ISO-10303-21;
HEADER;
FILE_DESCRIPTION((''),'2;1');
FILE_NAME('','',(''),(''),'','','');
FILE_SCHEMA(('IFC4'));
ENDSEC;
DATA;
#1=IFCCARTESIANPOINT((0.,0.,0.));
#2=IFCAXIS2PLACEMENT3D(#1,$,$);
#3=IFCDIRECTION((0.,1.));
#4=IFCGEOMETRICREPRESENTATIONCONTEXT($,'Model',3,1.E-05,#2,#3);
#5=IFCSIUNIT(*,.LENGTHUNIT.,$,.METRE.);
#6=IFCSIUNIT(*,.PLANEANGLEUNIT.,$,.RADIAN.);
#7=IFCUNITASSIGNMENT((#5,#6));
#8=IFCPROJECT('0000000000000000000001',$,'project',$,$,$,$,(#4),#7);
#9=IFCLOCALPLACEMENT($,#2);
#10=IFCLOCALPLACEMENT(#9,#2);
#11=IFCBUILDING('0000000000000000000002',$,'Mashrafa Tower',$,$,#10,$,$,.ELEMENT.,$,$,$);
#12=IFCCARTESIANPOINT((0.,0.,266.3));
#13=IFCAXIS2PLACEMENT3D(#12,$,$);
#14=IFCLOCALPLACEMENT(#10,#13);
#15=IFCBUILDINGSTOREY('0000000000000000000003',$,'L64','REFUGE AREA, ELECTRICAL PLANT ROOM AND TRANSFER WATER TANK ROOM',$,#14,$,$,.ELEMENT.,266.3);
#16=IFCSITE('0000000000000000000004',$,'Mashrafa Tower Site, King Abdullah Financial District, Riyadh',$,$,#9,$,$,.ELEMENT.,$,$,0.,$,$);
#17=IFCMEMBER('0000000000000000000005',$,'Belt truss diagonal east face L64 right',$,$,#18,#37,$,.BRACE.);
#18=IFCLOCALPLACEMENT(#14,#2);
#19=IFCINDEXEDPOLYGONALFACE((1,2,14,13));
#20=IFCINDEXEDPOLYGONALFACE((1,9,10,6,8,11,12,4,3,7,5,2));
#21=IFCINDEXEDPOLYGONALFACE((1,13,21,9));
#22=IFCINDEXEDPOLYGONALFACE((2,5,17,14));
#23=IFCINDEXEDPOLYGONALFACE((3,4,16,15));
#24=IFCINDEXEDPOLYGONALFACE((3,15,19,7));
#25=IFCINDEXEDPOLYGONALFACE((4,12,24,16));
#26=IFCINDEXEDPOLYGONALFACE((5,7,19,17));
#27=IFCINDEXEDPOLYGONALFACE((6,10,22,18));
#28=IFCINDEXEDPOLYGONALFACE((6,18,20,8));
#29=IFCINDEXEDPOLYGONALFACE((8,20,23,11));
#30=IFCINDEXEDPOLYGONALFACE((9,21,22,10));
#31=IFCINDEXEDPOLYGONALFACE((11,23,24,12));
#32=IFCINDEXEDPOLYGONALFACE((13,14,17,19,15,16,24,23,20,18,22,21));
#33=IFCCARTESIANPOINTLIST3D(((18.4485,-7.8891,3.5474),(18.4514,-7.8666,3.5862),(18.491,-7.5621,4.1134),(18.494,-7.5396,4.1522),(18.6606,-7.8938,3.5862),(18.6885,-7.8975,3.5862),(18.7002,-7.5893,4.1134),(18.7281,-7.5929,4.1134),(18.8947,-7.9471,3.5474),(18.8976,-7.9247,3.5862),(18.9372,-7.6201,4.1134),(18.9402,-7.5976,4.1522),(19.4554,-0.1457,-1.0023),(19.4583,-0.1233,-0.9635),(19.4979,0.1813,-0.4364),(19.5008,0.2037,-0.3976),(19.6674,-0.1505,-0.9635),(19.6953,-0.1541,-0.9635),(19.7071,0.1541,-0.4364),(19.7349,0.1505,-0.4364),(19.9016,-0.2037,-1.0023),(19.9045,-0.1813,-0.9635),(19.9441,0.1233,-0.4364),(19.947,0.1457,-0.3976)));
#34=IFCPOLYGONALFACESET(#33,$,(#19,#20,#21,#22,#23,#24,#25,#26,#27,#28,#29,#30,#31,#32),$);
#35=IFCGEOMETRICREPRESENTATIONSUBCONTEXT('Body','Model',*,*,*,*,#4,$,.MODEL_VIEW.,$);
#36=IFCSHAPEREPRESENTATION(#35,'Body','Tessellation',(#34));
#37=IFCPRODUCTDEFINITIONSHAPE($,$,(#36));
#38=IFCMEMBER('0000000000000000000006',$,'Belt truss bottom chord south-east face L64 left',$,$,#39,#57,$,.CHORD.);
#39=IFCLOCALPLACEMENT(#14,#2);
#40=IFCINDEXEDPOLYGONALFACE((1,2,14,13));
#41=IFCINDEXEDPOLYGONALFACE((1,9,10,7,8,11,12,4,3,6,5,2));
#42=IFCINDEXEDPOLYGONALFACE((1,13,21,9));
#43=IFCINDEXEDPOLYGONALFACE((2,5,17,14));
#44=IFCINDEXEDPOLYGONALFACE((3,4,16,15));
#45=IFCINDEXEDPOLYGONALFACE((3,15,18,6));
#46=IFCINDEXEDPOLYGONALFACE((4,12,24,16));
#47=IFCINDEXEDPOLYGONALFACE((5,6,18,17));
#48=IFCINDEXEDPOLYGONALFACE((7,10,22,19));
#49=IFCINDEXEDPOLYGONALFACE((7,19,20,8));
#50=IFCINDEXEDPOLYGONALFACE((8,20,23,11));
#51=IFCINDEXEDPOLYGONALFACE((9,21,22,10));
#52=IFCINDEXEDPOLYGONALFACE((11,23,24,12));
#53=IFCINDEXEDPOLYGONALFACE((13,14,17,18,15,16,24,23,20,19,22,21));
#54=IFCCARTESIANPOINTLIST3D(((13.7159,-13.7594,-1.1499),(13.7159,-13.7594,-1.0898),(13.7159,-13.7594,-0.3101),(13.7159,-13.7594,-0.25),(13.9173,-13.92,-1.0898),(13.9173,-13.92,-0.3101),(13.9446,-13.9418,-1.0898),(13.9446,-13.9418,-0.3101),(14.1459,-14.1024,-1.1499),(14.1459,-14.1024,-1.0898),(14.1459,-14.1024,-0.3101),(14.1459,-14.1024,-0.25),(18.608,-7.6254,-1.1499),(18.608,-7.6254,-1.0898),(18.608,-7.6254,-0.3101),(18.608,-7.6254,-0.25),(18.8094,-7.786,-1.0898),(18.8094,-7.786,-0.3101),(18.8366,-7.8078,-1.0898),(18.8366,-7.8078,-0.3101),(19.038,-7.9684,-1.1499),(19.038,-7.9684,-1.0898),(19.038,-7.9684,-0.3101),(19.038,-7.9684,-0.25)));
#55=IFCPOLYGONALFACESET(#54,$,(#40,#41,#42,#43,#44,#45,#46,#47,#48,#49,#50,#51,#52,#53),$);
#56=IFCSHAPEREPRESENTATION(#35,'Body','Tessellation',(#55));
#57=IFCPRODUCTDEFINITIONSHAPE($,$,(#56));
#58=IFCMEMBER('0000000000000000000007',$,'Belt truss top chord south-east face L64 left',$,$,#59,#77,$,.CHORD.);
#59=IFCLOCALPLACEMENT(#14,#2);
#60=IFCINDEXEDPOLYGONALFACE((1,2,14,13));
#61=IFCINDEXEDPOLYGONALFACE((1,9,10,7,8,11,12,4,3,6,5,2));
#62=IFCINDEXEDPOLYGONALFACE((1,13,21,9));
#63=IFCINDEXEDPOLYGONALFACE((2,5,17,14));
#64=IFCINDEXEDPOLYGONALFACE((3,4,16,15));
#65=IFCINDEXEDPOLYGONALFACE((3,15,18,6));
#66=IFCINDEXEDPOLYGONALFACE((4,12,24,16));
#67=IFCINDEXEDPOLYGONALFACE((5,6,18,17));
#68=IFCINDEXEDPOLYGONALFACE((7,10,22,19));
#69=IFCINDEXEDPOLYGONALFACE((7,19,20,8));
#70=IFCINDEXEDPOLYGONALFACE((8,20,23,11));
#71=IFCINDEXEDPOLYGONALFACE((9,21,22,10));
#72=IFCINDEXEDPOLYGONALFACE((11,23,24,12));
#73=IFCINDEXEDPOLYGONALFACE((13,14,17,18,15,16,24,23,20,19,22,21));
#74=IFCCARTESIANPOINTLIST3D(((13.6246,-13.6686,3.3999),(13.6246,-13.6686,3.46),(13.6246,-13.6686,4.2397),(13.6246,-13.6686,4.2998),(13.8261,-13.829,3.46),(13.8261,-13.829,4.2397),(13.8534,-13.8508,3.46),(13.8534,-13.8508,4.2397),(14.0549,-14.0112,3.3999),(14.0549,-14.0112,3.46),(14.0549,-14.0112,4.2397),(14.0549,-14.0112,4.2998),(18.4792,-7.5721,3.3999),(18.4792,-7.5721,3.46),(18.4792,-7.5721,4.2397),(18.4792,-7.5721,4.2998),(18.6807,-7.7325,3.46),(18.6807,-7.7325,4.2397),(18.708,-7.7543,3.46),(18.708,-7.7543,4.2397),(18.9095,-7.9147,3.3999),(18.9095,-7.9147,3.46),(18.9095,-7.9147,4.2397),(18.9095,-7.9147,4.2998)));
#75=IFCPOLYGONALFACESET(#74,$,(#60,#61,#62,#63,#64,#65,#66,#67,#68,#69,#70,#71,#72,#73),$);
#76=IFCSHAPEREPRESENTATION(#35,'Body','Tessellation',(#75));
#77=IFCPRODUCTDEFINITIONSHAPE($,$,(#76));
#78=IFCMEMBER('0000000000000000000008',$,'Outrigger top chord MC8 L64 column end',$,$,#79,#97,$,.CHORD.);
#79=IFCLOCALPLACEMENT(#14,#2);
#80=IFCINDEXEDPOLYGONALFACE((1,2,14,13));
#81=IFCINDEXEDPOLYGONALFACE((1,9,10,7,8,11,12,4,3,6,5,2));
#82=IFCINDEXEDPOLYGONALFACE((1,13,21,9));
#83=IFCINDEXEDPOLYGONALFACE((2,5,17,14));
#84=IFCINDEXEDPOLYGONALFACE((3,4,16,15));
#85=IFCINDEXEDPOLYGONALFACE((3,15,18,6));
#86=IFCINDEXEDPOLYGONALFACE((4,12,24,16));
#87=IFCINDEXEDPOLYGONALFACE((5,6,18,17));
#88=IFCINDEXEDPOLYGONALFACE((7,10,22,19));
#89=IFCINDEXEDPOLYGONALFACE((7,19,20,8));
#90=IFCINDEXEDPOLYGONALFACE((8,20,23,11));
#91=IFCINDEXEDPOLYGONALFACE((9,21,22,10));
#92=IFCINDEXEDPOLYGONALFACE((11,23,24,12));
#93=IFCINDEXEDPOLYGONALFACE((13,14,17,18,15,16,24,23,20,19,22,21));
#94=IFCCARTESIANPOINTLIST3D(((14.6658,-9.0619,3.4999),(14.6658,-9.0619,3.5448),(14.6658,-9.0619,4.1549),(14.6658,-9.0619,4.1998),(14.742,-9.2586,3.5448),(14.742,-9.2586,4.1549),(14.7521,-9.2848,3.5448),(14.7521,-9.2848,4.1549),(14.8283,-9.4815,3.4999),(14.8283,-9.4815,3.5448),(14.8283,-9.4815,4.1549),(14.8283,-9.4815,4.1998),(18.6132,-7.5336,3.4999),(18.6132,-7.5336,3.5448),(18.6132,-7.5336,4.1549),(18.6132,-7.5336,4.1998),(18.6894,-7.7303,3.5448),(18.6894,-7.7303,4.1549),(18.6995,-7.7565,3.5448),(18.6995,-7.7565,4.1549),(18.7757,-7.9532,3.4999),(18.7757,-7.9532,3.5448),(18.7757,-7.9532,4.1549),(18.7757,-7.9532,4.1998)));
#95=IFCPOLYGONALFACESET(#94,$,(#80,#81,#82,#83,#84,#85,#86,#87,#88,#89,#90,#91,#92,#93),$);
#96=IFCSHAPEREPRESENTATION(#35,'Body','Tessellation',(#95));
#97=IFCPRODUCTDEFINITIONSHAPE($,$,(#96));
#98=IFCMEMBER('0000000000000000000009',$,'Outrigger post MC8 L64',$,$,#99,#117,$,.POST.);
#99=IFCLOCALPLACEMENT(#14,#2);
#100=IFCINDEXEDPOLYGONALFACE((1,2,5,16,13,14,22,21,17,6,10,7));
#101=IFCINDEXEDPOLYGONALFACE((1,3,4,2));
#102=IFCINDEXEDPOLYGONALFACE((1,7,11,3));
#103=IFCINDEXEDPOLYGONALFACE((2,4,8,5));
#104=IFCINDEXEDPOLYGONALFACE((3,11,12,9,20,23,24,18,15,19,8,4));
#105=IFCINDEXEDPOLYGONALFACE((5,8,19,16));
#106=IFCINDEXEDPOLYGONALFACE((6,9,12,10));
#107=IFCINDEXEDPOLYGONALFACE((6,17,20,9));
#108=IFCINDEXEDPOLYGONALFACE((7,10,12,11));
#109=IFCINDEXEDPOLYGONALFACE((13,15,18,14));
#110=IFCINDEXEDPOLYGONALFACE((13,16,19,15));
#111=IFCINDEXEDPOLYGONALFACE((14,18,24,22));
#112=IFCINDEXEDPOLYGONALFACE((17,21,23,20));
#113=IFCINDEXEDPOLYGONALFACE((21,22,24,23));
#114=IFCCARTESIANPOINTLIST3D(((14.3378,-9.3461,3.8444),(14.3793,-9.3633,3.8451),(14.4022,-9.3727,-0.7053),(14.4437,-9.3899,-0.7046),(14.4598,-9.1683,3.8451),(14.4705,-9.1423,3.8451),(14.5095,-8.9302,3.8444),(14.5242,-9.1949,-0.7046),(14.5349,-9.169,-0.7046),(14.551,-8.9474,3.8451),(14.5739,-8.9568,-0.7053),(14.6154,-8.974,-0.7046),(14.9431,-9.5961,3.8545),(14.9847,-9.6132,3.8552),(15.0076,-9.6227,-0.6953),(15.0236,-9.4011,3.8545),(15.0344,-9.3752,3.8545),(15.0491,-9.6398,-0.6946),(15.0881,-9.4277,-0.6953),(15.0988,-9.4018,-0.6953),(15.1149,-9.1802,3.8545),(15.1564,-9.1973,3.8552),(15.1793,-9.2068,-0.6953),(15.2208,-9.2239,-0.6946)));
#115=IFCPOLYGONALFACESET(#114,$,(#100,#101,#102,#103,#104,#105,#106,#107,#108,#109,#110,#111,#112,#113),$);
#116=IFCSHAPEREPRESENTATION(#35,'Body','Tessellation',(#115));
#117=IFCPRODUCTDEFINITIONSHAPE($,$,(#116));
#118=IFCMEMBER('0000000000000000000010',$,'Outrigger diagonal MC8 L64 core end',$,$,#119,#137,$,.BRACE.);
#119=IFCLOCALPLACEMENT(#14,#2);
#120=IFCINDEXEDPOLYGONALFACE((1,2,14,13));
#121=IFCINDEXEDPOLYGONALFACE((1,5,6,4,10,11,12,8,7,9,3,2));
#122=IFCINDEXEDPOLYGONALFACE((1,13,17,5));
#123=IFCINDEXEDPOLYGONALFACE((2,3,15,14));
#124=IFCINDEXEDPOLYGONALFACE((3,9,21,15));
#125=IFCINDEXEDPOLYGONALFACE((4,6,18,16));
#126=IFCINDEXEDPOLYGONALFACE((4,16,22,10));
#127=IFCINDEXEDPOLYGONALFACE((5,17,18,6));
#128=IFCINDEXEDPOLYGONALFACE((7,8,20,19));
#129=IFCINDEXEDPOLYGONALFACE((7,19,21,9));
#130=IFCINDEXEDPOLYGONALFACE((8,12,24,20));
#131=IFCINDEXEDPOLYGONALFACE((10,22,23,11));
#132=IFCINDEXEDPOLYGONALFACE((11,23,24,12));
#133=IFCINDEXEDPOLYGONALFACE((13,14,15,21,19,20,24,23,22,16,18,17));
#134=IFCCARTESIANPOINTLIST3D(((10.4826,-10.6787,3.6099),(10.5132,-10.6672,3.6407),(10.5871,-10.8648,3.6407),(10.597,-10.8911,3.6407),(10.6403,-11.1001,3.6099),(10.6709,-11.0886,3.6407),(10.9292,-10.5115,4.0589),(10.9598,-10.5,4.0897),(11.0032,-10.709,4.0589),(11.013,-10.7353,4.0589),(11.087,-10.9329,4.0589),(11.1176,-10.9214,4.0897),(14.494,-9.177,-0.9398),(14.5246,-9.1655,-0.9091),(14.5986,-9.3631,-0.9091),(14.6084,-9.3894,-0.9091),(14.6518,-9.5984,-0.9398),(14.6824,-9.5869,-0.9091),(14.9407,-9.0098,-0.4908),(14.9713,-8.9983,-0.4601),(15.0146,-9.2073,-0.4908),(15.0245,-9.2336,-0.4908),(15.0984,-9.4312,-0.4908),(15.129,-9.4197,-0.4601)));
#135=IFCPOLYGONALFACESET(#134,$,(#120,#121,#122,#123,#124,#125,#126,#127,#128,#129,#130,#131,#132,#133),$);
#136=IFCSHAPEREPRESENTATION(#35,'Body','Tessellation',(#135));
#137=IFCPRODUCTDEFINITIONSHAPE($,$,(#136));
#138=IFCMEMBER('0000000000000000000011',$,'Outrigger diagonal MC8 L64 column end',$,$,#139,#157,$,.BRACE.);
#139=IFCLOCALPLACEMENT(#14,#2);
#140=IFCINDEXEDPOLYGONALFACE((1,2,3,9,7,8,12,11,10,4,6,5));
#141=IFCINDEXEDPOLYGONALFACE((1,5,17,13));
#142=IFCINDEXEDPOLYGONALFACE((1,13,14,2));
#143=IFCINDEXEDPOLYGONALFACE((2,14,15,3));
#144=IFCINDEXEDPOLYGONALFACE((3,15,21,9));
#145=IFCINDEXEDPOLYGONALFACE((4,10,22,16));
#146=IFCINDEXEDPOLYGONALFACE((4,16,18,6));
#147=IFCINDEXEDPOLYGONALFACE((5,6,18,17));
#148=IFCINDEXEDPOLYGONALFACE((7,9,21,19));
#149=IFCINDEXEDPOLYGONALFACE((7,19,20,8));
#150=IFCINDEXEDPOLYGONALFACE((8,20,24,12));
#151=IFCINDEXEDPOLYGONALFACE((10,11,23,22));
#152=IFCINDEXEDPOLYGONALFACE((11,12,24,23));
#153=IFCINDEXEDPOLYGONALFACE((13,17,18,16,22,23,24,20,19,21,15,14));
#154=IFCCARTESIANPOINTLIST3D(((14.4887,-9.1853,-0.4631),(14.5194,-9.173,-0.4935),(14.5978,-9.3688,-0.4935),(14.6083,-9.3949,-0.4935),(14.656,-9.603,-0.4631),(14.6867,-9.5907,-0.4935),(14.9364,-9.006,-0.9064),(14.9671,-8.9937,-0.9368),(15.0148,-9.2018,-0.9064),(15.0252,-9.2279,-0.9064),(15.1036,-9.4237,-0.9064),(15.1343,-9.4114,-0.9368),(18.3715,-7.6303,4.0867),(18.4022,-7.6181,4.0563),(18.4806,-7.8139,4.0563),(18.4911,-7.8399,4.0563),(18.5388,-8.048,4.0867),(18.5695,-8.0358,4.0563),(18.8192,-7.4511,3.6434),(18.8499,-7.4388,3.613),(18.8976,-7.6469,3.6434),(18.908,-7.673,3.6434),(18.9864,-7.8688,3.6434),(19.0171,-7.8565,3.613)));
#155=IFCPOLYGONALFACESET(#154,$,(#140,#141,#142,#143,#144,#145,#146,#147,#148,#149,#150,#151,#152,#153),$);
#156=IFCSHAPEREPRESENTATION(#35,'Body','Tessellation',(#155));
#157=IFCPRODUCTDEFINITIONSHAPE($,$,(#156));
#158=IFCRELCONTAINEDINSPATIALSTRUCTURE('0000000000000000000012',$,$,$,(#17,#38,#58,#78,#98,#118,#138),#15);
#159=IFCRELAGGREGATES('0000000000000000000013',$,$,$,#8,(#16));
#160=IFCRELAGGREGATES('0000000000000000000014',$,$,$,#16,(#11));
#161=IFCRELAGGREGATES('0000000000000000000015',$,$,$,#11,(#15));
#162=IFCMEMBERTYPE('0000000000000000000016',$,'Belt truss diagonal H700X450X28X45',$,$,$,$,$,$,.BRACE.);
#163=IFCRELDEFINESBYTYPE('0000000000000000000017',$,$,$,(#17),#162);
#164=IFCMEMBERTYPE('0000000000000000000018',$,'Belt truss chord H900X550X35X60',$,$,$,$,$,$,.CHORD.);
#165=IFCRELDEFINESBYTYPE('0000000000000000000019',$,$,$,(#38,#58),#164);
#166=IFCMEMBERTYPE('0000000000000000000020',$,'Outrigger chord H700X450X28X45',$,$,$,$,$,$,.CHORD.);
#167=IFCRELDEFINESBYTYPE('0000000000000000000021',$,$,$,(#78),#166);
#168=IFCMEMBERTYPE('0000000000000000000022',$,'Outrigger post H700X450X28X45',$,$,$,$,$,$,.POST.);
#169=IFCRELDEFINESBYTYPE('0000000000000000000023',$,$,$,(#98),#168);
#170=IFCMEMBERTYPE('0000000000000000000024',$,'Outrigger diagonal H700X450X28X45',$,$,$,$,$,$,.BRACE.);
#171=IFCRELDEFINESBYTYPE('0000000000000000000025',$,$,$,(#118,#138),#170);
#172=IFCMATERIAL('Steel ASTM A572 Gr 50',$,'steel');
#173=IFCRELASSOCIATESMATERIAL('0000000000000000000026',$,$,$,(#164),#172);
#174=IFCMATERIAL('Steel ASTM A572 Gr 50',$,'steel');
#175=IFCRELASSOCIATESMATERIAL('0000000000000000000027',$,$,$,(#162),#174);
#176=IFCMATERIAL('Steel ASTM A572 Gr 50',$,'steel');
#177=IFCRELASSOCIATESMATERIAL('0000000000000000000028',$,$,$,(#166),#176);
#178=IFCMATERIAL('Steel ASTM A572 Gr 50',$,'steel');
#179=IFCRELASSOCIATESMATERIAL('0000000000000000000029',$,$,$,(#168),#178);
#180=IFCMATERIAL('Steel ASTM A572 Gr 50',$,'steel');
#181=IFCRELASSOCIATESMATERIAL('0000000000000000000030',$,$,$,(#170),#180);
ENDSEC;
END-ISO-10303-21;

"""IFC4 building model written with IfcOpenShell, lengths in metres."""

from ifc_helpers import new_model, si_unit, direction, frame, origin, origin_2d, place, context, subcontext, project, spatial, i_section, extrude, source, transform, mapped, material, material_profile, profile_set, type_object, type_shapes, element, save


model = new_model("IFC4")

# Units and contexts
model_context = context("Model", 3, precision=1e-05, world=origin(), true_north=direction((0.0, 1.0)))
body_context = subcontext(model_context, "Body", "Model", "MODEL_VIEW")
ifc_project = project(units=[si_unit("LENGTHUNIT", "METRE"), si_unit("PLANEANGLEUNIT", "RADIAN")], contexts=[model_context])

# Site, building, storey
site_placement = place(None, origin())
site = spatial("IfcSite", under=ifc_project, at=site_placement, Name="Mashrafa Tower Site, King Abdullah Financial District, Riyadh", CompositionType="ELEMENT", RefElevation=0.0)
building_placement = place(site_placement, origin())
building = spatial("IfcBuilding", under=site, at=building_placement, Name="Mashrafa Tower", CompositionType="ELEMENT")
storey_placement = place(building_placement, frame((0.0, 0.0, 266.3)))
storey = spatial("IfcBuildingStorey", under=building, at=storey_placement, Name="L64", Description="REFUGE AREA, ELECTRICAL PLANT ROOM AND TRANSFER WATER TANK ROOM", CompositionType="ELEMENT", Elevation=266.3)

# Members
ifc_material_1 = material(Name="Steel ASTM A572 Gr 50", Category="steel")
ifc_material_profile_1 = material_profile(ifc_material_1, i_section(OverallWidth=0.55, OverallDepth=0.8999, WebThickness=0.0349, FlangeThickness=0.0601, at=origin_2d()), Name="H900X550X35X60")
ifc_profile_set_1 = profile_set([ifc_material_profile_1], Name="Steel ASTM A572 Gr 50")
member_type_1 = type_object("IfcMemberType", Name="Belt truss chord H900X550X35X60", PredefinedType="CHORD", material=ifc_profile_set_1)
ifc_material_2 = material(Name="Steel ASTM A572 Gr 50", Category="steel")
ifc_material_profile_2 = material_profile(ifc_material_2, i_section(OverallWidth=0.45, OverallDepth=0.7, WebThickness=0.0281, FlangeThickness=0.0449, at=origin_2d()), Name="H700X450X28X45")
ifc_profile_set_2 = profile_set([ifc_material_profile_2], Name="Steel ASTM A572 Gr 50")
member_type_2 = type_object("IfcMemberType", Name="Belt truss diagonal H700X450X28X45", PredefinedType="BRACE", material=ifc_profile_set_2)
shared_shape_1 = source(origin(), body_context, "Body", "SweptSolid", [
    extrude(i_section(OverallWidth=0.45, OverallDepth=0.7, WebThickness=0.0281, FlangeThickness=0.0449, at=origin_2d()), origin(), (0.0, 0.0, 1.0), 9.0374),
])
type_shapes(member_type_2, [shared_shape_1])
member_1_placement = place(storey_placement, frame((19.7012, 0.0, -0.7), z_axis=(-0.111408, -0.856817, 0.503441), x_axis=(0.991652, -0.12894, 0.0)))
element("IfcMember", 1, at=member_1_placement, inside=storey, type_object=member_type_2, Name="Belt truss diagonal east face L64 right", PredefinedType="BRACE", context=body_context, shape_type="MappedRepresentation", body=[
    mapped(shared_shape_1, transform((0.0, 0.0, 0.0))),
])
shared_shape_2 = source(origin(), body_context, "Body", "SweptSolid", [
    extrude(i_section(OverallWidth=0.55, OverallDepth=0.8999, WebThickness=0.0349, FlangeThickness=0.0601, at=origin_2d()), origin(), (0.0, 0.0, 1.0), 7.8459),
])
member_2_placement = place(storey_placement, frame((18.823, -7.7969, -0.7), z_axis=(-0.623518, -0.781809, 0.0), x_axis=(0.781809, -0.623518, 0.0)))
element("IfcMember", 2, at=member_2_placement, inside=storey, type_object=member_type_1, Name="Belt truss bottom chord south-east face L64 left", PredefinedType="CHORD", context=body_context, shape_type="MappedRepresentation", body=[
    mapped(shared_shape_2, transform((0.0, 0.0, 0.0))),
])
shared_shape_3 = source(origin(), body_context, "Body", "SweptSolid", [
    extrude(i_section(OverallWidth=0.55, OverallDepth=0.8999, WebThickness=0.0349, FlangeThickness=0.0601, at=origin_2d()), origin(), (0.0, 0.0, 1.0), 7.7932),
])
member_3_placement = place(storey_placement, frame((18.6943, -7.7434, 3.8499), z_axis=(-0.622921, -0.782285, 0.0), x_axis=(0.782285, -0.622921, 0.0)))
element("IfcMember", 3, at=member_3_placement, inside=storey, type_object=member_type_1, Name="Belt truss top chord south-east face L64 left", PredefinedType="CHORD", context=body_context, shape_type="MappedRepresentation", body=[
    mapped(shared_shape_3, transform((0.0, 0.0, 0.0))),
])
ifc_material_3 = material(Name="Steel ASTM A572 Gr 50", Category="steel")
ifc_material_profile_3 = material_profile(ifc_material_3, i_section(OverallWidth=0.45, OverallDepth=0.7, WebThickness=0.0281, FlangeThickness=0.0449, at=origin_2d()), Name="H700X450X28X45")
ifc_profile_set_3 = profile_set([ifc_material_profile_3], Name="Steel ASTM A572 Gr 50")
member_type_3 = type_object("IfcMemberType", Name="Outrigger chord H700X450X28X45", PredefinedType="CHORD", material=ifc_profile_set_3)
shared_shape_4 = source(origin(), body_context, "Body", "SweptSolid", [
    extrude(i_section(OverallWidth=0.45, OverallDepth=0.7, WebThickness=0.0281, FlangeThickness=0.0449, at=origin_2d()), origin(), (0.0, 0.0, 1.0), 4.2329),
])
type_shapes(member_type_3, [shared_shape_4])
member_4_placement = place(storey_placement, frame((14.7471, -9.2717, 3.8499), z_axis=(0.932541, 0.361065, 0.0), x_axis=(-0.361065, 0.932541, 0.0)))
element("IfcMember", 4, at=member_4_placement, inside=storey, type_object=member_type_3, Name="Outrigger top chord MC8 L64 column end", PredefinedType="CHORD", context=body_context, shape_type="MappedRepresentation", body=[
    mapped(shared_shape_4, transform((0.0, 0.0, 0.0))),
])
ifc_material_4 = material(Name="Steel ASTM A572 Gr 50", Category="steel")
ifc_material_profile_4 = material_profile(ifc_material_4, i_section(OverallWidth=0.45, OverallDepth=0.7, WebThickness=0.0281, FlangeThickness=0.0449, at=origin_2d()), Name="H700X450X28X45")
ifc_profile_set_4 = profile_set([ifc_material_profile_4], Name="Steel ASTM A572 Gr 50")
member_type_4 = type_object("IfcMemberType", Name="Outrigger post H700X450X28X45", PredefinedType="POST", material=ifc_profile_set_4)
shared_shape_5 = source(origin(), body_context, "Body", "SweptSolid", [
    extrude(i_section(OverallWidth=0.45, OverallDepth=0.7, WebThickness=0.0281, FlangeThickness=0.0449, at=origin_2d()), origin(), (0.0, 0.0, 1.0), 4.5503),
])
type_shapes(member_type_4, [shared_shape_5])
member_5_placement = place(storey_placement, frame((14.8115, -9.2983, -0.7), z_axis=(-0.014164, 0.005848, 0.999883), x_axis=(-0.38163, -0.924315, 0.0)))
element("IfcMember", 5, at=member_5_placement, inside=storey, type_object=member_type_4, Name="Outrigger post MC8 L64", PredefinedType="POST", context=body_context, shape_type="MappedRepresentation", body=[
    mapped(shared_shape_5, transform((0.0, 0.0, 0.0))),
])
ifc_material_5 = material(Name="Steel ASTM A572 Gr 50", Category="steel")
ifc_material_profile_5 = material_profile(ifc_material_5, i_section(OverallWidth=0.45, OverallDepth=0.7, WebThickness=0.0281, FlangeThickness=0.0449, at=origin_2d()), Name="H700X450X28X45")
ifc_profile_set_5 = profile_set([ifc_material_profile_5], Name="Steel ASTM A572 Gr 50")
member_type_5 = type_object("IfcMemberType", Name="Outrigger diagonal H700X450X28X45", PredefinedType="BRACE", material=ifc_profile_set_5)
shared_shape_6 = source(origin(), body_context, "Body", "SweptSolid", [
    extrude(i_section(OverallWidth=0.45, OverallDepth=0.7, WebThickness=0.0281, FlangeThickness=0.0449, at=origin_2d()), origin(), (0.0, 0.0, 1.0), 6.2488),
])
member_6_placement = place(storey_placement, frame((14.8115, -9.2983, -0.7), z_axis=(-0.641957, -0.240319, 0.728106), x_axis=(0.350592, -0.936528, 0.0)))
element("IfcMember", 6, at=member_6_placement, inside=storey, type_object=member_type_5, Name="Outrigger diagonal MC8 L64 core end", PredefinedType="BRACE", context=body_context, shape_type="MappedRepresentation", body=[
    mapped(shared_shape_6, transform((0.0, 0.0, 0.0))),
])
shared_shape_7 = source(origin(), body_context, "Body", "SweptSolid", [
    extrude(i_section(OverallWidth=0.45, OverallDepth=0.7, WebThickness=0.0281, FlangeThickness=0.0449, at=origin_2d()), origin(), (0.0, 0.0, 1.0), 6.1802),
])
type_shapes(member_type_5, [shared_shape_6, shared_shape_7])
member_7_placement = place(storey_placement, frame((14.8115, -9.2983, -0.7), z_axis=(0.628267, 0.251599, 0.736192), x_axis=(-0.371763, 0.928328, 0.0)))
element("IfcMember", 7, at=member_7_placement, inside=storey, type_object=member_type_5, Name="Outrigger diagonal MC8 L64 column end", PredefinedType="BRACE", context=body_context, shape_type="MappedRepresentation", body=[
    mapped(shared_shape_7, transform((0.0, 0.0, 0.0))),
])

save(model, "model.ifc")
